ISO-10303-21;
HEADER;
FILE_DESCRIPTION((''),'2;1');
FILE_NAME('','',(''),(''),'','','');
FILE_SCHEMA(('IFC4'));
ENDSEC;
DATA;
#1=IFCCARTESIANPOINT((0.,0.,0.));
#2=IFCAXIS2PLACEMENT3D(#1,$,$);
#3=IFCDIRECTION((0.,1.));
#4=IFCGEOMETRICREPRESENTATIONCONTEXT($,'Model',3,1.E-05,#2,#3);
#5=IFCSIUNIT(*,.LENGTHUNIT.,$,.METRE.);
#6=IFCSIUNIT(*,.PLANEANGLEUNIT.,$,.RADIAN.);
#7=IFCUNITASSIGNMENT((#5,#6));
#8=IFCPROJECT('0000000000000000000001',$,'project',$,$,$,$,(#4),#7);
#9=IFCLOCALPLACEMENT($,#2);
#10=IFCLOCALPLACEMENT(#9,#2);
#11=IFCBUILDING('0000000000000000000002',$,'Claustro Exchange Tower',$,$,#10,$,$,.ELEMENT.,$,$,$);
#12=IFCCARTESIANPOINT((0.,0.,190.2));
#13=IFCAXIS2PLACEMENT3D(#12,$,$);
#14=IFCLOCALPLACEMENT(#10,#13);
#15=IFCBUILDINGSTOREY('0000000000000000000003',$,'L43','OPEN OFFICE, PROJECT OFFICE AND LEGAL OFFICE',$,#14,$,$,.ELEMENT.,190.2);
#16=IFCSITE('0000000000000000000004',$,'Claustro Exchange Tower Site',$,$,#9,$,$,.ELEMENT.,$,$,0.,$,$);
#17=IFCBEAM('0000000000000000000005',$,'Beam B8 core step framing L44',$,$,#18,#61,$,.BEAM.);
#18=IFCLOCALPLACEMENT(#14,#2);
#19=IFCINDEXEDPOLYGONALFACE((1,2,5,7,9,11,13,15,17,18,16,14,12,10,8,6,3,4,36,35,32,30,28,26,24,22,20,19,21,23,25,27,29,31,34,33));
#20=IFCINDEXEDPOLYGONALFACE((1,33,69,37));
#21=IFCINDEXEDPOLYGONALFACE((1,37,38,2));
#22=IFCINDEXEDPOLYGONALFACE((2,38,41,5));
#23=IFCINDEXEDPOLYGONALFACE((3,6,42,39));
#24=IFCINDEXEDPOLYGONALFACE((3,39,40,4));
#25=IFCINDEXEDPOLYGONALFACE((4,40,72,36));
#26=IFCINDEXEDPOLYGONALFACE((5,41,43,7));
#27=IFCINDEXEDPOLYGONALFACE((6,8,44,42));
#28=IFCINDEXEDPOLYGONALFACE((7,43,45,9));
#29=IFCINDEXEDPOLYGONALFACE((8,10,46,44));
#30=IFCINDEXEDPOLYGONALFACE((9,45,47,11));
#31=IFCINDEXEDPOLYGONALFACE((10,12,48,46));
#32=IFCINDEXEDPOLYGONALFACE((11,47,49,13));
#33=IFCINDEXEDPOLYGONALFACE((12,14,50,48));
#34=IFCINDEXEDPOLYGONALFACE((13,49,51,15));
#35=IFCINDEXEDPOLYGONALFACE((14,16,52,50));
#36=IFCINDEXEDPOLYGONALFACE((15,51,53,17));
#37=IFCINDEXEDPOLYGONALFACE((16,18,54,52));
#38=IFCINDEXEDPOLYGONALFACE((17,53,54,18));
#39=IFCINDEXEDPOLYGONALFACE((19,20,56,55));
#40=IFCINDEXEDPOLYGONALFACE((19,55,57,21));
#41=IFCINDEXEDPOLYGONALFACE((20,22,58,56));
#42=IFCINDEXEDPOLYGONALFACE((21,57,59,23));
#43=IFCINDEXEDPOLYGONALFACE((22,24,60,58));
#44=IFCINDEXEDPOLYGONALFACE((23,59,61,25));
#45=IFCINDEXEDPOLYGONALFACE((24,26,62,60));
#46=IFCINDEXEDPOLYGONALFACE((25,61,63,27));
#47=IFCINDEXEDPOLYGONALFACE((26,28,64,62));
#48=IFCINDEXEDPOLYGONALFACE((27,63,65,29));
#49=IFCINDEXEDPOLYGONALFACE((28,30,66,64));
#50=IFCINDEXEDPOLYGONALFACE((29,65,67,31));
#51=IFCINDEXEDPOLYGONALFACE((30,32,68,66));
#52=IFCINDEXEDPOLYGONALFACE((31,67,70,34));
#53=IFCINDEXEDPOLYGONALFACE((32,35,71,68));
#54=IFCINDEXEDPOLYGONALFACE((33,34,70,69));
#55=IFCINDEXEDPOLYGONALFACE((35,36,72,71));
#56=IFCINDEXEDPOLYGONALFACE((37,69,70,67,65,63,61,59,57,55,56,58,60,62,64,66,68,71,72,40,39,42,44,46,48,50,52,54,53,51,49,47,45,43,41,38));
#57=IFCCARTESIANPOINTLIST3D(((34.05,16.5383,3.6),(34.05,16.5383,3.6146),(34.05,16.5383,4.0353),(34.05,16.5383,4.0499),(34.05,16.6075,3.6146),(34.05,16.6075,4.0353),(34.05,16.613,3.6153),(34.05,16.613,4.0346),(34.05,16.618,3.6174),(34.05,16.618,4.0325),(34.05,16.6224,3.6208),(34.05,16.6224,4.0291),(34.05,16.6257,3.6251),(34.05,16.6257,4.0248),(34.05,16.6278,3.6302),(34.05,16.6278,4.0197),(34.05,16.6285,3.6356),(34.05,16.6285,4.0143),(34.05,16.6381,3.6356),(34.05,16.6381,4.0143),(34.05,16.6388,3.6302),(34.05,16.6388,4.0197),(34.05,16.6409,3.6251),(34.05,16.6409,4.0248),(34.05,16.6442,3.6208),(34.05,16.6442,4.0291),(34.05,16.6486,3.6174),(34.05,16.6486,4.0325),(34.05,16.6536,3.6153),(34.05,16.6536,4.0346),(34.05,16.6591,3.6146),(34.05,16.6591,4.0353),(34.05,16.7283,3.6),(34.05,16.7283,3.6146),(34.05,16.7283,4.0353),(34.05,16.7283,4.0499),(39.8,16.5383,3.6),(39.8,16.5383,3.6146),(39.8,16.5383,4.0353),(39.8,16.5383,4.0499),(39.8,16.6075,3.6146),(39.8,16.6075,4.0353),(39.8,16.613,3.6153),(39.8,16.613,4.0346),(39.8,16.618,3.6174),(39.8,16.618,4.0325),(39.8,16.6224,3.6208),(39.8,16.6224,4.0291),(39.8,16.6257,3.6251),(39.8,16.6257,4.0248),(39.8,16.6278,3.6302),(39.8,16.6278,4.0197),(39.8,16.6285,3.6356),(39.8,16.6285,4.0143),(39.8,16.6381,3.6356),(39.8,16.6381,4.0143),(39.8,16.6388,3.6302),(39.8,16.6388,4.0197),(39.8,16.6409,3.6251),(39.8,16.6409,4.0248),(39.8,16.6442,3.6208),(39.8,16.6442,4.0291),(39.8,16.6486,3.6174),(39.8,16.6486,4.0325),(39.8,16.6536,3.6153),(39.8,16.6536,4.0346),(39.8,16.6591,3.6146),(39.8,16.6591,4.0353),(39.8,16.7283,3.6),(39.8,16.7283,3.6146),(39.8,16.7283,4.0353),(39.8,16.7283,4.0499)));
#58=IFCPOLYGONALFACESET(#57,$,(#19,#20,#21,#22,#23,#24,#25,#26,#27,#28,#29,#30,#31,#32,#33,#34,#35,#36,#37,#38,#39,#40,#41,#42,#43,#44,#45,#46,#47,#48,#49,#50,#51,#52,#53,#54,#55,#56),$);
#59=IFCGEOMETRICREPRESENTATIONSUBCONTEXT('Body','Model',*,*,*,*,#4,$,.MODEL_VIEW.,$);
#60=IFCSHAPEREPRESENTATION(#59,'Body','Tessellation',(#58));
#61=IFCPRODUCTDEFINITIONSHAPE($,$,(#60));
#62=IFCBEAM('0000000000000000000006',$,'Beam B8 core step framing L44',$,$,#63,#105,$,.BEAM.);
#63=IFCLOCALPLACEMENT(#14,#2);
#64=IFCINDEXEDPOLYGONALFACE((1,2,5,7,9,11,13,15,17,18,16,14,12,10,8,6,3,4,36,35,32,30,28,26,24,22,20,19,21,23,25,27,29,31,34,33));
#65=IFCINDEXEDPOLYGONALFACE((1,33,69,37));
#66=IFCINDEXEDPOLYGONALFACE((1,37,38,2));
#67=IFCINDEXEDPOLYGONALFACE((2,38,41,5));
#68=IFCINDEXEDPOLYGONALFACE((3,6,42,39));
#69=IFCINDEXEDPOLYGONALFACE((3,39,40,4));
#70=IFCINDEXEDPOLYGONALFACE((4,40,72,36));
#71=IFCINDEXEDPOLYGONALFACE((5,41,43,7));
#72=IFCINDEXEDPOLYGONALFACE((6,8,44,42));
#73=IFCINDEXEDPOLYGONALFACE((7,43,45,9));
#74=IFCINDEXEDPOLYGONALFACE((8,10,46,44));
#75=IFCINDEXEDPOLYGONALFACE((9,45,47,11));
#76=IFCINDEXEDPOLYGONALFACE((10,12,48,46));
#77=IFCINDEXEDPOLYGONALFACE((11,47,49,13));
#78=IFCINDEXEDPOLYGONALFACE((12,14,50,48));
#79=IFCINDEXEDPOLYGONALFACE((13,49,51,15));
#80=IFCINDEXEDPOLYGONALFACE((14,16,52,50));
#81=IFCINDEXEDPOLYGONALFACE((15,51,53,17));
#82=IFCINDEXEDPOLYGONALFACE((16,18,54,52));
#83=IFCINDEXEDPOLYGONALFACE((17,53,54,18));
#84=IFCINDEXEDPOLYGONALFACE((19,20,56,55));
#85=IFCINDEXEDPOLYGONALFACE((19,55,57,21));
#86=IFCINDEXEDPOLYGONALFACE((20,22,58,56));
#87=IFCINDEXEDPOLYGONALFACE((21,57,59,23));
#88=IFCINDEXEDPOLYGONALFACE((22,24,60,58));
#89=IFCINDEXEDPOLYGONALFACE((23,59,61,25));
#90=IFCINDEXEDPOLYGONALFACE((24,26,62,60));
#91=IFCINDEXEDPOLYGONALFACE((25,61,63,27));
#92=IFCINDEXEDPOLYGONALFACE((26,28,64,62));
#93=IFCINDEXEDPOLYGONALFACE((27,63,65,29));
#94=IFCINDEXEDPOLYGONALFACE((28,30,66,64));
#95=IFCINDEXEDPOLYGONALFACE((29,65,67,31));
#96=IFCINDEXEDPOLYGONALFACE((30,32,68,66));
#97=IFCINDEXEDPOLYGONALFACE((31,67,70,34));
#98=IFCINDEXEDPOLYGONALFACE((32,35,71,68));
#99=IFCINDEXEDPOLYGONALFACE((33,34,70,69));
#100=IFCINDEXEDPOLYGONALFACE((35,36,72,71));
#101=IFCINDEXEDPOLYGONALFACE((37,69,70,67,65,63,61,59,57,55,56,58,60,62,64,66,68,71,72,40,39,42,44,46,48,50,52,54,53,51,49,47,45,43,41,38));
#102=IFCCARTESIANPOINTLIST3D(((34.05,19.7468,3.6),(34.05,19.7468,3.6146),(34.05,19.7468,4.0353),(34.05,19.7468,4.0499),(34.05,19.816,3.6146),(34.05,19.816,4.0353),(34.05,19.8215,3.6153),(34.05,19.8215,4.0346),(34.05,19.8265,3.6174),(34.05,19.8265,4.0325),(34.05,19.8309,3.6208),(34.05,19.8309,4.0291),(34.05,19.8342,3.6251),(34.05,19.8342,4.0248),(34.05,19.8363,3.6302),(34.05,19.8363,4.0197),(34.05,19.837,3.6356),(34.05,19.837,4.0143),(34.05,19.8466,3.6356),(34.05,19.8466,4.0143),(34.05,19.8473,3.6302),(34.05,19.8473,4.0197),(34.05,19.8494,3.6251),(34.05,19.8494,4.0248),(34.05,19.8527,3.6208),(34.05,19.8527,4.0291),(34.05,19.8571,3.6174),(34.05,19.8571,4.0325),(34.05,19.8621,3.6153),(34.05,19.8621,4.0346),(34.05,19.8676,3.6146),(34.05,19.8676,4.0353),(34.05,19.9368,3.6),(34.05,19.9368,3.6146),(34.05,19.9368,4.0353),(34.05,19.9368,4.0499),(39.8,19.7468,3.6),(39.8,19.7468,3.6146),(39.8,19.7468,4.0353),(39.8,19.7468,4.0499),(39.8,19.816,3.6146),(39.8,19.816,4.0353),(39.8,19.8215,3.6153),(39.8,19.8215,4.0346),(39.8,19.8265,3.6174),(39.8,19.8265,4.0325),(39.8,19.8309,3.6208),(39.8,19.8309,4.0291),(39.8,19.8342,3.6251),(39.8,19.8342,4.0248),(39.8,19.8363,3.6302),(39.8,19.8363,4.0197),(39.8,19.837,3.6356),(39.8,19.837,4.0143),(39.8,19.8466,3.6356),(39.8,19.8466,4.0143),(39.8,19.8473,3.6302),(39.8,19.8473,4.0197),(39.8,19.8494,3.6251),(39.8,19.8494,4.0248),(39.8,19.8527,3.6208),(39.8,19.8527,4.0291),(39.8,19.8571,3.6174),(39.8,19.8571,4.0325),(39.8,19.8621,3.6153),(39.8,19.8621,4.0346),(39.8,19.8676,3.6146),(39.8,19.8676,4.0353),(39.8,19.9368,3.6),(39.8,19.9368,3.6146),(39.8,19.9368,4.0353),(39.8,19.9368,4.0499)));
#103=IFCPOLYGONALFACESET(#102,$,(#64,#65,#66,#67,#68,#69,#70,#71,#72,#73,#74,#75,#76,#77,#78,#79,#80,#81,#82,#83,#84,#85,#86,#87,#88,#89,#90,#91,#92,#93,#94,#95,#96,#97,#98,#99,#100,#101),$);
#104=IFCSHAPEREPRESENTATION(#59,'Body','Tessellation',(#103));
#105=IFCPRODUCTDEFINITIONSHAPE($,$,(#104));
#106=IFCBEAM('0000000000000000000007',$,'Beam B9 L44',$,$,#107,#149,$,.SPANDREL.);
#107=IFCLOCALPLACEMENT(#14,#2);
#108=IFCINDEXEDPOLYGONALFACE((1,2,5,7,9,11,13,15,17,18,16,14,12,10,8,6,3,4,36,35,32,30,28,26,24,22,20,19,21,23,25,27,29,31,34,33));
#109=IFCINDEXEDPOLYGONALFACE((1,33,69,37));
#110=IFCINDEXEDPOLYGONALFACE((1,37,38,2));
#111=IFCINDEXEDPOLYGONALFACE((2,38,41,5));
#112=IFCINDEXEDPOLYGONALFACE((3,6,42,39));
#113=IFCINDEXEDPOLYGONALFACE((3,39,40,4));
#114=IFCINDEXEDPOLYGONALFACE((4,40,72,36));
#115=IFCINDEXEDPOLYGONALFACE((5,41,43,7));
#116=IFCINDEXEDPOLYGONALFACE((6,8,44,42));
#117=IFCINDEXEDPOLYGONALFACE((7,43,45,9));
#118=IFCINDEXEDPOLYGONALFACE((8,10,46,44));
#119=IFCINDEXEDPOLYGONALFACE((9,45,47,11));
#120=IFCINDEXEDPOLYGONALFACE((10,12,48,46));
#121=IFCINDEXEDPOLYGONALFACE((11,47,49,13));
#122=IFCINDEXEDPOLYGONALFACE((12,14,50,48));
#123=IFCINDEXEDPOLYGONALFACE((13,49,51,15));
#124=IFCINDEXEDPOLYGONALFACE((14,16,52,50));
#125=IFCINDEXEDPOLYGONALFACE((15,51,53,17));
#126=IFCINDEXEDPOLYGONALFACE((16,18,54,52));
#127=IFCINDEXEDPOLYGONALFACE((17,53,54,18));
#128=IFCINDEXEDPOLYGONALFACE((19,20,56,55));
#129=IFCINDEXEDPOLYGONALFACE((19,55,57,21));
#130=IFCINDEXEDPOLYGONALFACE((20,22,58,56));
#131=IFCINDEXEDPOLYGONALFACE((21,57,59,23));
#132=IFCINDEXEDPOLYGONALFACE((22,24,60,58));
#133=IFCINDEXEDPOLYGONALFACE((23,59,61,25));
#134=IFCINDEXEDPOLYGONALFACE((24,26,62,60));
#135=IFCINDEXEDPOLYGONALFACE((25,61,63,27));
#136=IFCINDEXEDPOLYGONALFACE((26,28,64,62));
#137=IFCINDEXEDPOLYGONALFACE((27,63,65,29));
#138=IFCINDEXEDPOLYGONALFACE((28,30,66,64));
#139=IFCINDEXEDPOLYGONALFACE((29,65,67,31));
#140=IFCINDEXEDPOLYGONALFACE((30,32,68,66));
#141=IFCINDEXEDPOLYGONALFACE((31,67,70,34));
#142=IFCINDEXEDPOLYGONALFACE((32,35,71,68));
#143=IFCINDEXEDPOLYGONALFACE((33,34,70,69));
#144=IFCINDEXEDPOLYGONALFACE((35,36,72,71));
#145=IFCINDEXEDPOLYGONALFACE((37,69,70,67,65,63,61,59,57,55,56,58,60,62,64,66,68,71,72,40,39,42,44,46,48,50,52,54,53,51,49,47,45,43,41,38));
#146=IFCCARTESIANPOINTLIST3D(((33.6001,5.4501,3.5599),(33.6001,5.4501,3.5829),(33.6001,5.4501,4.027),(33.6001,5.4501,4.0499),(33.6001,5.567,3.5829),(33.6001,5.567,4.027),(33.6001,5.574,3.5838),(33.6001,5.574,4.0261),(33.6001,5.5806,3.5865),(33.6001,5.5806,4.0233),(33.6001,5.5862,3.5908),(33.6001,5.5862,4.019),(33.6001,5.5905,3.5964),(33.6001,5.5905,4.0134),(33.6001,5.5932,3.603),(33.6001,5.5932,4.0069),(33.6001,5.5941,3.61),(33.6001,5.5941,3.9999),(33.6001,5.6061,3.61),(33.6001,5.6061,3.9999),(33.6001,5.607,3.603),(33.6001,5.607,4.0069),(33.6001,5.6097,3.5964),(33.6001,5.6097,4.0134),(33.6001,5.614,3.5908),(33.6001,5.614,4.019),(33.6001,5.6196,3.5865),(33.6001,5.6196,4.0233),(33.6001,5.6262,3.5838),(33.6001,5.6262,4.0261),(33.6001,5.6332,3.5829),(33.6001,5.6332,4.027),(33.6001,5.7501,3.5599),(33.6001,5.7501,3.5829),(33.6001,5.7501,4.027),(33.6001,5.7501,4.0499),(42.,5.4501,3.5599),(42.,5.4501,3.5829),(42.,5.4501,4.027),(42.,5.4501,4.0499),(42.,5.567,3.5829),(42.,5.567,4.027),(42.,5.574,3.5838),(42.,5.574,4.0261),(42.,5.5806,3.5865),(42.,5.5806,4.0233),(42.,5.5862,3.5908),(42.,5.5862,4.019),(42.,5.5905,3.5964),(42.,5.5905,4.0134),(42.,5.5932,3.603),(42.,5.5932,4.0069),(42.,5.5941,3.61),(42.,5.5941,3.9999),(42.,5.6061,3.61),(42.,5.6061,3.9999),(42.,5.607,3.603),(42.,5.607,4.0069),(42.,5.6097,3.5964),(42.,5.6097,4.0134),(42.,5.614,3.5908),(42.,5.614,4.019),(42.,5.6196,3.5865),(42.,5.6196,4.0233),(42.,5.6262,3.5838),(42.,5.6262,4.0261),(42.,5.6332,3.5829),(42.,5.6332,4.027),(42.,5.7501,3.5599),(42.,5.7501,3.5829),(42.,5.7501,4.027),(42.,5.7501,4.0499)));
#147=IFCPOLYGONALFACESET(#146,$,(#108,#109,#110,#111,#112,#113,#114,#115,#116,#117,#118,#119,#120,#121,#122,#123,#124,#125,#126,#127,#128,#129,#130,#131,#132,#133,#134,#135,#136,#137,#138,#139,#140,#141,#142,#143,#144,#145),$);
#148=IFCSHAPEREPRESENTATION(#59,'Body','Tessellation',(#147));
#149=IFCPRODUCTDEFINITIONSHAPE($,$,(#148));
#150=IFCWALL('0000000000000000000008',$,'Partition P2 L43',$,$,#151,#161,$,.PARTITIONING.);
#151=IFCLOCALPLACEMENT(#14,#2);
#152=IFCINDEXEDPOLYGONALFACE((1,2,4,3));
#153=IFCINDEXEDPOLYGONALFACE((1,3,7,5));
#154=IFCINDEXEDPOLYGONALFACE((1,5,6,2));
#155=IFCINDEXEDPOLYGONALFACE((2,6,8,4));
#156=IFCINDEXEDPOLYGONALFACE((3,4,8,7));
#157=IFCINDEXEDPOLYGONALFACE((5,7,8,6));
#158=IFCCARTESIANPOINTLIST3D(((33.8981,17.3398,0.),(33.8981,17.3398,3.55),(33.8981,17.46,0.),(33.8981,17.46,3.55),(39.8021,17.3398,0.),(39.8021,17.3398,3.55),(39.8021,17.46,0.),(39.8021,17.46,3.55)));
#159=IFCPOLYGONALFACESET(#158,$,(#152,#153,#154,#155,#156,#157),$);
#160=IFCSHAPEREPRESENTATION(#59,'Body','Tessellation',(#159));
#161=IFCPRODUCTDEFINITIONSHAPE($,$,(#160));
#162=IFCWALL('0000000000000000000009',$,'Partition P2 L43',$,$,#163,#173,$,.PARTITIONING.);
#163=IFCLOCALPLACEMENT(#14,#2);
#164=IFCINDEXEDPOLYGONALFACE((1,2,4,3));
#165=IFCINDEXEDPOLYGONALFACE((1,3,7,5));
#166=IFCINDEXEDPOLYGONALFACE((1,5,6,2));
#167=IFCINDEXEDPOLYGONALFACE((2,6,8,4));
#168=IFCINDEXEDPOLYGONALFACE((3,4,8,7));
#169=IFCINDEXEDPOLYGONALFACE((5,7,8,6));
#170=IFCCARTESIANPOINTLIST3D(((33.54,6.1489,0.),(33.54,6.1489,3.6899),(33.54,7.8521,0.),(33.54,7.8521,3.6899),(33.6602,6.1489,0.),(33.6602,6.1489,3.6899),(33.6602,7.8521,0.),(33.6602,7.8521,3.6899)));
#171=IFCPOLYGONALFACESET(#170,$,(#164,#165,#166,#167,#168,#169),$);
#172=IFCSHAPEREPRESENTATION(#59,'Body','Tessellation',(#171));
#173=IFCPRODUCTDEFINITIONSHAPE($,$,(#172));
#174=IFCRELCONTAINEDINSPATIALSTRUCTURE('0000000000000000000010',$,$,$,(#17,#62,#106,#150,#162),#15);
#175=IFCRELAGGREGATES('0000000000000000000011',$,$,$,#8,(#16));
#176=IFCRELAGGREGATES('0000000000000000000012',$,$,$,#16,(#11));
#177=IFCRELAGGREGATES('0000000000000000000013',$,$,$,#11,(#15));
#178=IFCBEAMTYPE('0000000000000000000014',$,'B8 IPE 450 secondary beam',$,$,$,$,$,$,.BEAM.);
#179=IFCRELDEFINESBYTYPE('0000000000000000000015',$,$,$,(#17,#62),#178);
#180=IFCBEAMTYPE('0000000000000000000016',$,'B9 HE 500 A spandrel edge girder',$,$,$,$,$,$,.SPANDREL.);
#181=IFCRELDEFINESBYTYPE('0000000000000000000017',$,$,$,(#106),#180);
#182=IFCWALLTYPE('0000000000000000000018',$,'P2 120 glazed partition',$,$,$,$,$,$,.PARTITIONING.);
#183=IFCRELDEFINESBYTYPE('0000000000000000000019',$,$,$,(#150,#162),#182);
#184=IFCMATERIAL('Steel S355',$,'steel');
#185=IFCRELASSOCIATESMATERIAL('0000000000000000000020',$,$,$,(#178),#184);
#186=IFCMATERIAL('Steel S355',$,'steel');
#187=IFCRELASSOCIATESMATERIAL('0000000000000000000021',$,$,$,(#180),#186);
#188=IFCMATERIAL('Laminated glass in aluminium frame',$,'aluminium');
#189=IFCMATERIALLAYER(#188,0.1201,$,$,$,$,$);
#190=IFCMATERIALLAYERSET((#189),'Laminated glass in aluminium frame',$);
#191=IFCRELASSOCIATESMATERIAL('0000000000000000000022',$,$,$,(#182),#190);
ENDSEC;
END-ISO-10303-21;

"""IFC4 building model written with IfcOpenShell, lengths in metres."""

from ifc_helpers import new_model, si_unit, direction, frame, frame_2d, origin, origin_2d, place, context, subcontext, project, spatial, rectangle, i_section, extrude, material, layer, layer_set, material_profile, profile_set, type_object, element, save


model = new_model("IFC4")

# Units and contexts
model_context = context("Model", 3, precision=1e-05, world=origin(), true_north=direction((0.0, 1.0)))
body_context = subcontext(model_context, "Body", "Model", "MODEL_VIEW")
ifc_project = project(units=[si_unit("LENGTHUNIT", "METRE"), si_unit("PLANEANGLEUNIT", "RADIAN")], contexts=[model_context])

# Site, building, storey
site_placement = place(None, origin())
site = spatial("IfcSite", under=ifc_project, at=site_placement, Name="Claustro Exchange Tower Site", CompositionType="ELEMENT", RefElevation=0.0)
building_placement = place(site_placement, origin())
building = spatial("IfcBuilding", under=site, at=building_placement, Name="Claustro Exchange Tower", CompositionType="ELEMENT")
storey_placement = place(building_placement, frame((0.0, 0.0, 190.2)))
storey = spatial("IfcBuildingStorey", under=building, at=storey_placement, Name="L43", Description="OPEN OFFICE, PROJECT OFFICE AND LEGAL OFFICE", CompositionType="ELEMENT", Elevation=190.2)

# Beams
ifc_material_1 = material(Name="Steel S355", Category="steel")
ifc_material_profile_1 = material_profile(ifc_material_1, i_section(OverallWidth=0.1899, OverallDepth=0.45, WebThickness=0.0095, FlangeThickness=0.0146, FilletRadius=0.021, at=origin_2d()), Name="IPE 450")
ifc_profile_set_1 = profile_set([ifc_material_profile_1], Name="Steel S355")
beam_type_1 = type_object("IfcBeamType", Name="B8 IPE 450 secondary beam", PredefinedType="BEAM", material=ifc_profile_set_1)
for number, where, z_axis, x_axis, name in (
    (1, (34.05, 16.6333, 3.825), (1.0, 0.0, 0.0), (0.0, 1.0, 0.0), "Beam B8 core step framing L44"),
    (2, (34.05, 19.8418, 3.825), (1.0, 0.0, 0.0), (0.0, 1.0, 0.0), "Beam B8 core step framing L44"),
):
    element("IfcBeam", number, at=place(storey_placement, frame(where, z_axis=z_axis, x_axis=x_axis)), inside=storey, type_object=beam_type_1, Name=name, PredefinedType="BEAM", context=body_context, shape_type="SweptSolid", body=[
        extrude(i_section(OverallWidth=0.1899, OverallDepth=0.45, WebThickness=0.0095, FlangeThickness=0.0146, FilletRadius=0.021, at=origin_2d()), origin(), (0.0, 0.0, 1.0), 5.75),
    ])
ifc_material_2 = material(Name="Steel S355", Category="steel")
ifc_material_profile_2 = material_profile(ifc_material_2, i_section(OverallWidth=0.3, OverallDepth=0.49, WebThickness=0.012, FlangeThickness=0.0229, FilletRadius=0.0271, at=origin_2d()), Name="HE 500 A")
ifc_profile_set_2 = profile_set([ifc_material_profile_2], Name="Steel S355")
beam_type_2 = type_object("IfcBeamType", Name="B9 HE 500 A spandrel edge girder", PredefinedType="SPANDREL", material=ifc_profile_set_2)
beam_1_placement = place(storey_placement, frame((33.6001, 5.6001, 3.8049), z_axis=(1.0, 0.0, 0.0), x_axis=(0.0, 1.0, 0.0)))
element("IfcBeam", 3, at=beam_1_placement, inside=storey, type_object=beam_type_2, Name="Beam B9 L44", PredefinedType="SPANDREL", context=body_context, shape_type="SweptSolid", body=[
    extrude(i_section(OverallWidth=0.3, OverallDepth=0.49, WebThickness=0.012, FlangeThickness=0.0229, FilletRadius=0.0271, at=origin_2d()), origin(), (0.0, 0.0, 1.0), 8.3999),
])

# Walls
ifc_material_3 = material(Name="Laminated glass in aluminium frame", Category="aluminium")
ifc_layer_1 = layer(ifc_material_3, 0.1201)
ifc_layer_set_1 = layer_set([ifc_layer_1], Name="Laminated glass in aluminium frame")
wall_type_1 = type_object("IfcWallType", Name="P2 120 glazed partition", PredefinedType="PARTITIONING", material=ifc_layer_set_1)
wall_1_placement = place(storey_placement, frame((33.8979, 17.3999, 0.0), z_axis=(0.0, 0.0, 1.0), x_axis=(1.0, 0.0, 0.0)))
element("IfcWall", 4, at=wall_1_placement, inside=storey, type_object=wall_type_1, Name="Partition P2 L43", PredefinedType="PARTITIONING", context=body_context, shape_type="SweptSolid", body=[
    extrude(rectangle(XDim=5.9041, YDim=0.1201, at=frame_2d((2.9521, 0.0))), origin(), (0.0, 0.0, 1.0), 3.55),
])
wall_2_placement = place(storey_placement, frame((33.6001, 6.1489, 0.0), z_axis=(0.0, 0.0, 1.0), x_axis=(0.0, 1.0, 0.0)))
element("IfcWall", 5, at=wall_2_placement, inside=storey, type_object=wall_type_1, Name="Partition P2 L43", PredefinedType="PARTITIONING", context=body_context, shape_type="SweptSolid", body=[
    extrude(rectangle(XDim=1.7031, YDim=0.1201, at=frame_2d((0.8516, 0.0))), origin(), (0.0, 0.0, 1.0), 3.6899),
])

save(model, "model.ifc")
